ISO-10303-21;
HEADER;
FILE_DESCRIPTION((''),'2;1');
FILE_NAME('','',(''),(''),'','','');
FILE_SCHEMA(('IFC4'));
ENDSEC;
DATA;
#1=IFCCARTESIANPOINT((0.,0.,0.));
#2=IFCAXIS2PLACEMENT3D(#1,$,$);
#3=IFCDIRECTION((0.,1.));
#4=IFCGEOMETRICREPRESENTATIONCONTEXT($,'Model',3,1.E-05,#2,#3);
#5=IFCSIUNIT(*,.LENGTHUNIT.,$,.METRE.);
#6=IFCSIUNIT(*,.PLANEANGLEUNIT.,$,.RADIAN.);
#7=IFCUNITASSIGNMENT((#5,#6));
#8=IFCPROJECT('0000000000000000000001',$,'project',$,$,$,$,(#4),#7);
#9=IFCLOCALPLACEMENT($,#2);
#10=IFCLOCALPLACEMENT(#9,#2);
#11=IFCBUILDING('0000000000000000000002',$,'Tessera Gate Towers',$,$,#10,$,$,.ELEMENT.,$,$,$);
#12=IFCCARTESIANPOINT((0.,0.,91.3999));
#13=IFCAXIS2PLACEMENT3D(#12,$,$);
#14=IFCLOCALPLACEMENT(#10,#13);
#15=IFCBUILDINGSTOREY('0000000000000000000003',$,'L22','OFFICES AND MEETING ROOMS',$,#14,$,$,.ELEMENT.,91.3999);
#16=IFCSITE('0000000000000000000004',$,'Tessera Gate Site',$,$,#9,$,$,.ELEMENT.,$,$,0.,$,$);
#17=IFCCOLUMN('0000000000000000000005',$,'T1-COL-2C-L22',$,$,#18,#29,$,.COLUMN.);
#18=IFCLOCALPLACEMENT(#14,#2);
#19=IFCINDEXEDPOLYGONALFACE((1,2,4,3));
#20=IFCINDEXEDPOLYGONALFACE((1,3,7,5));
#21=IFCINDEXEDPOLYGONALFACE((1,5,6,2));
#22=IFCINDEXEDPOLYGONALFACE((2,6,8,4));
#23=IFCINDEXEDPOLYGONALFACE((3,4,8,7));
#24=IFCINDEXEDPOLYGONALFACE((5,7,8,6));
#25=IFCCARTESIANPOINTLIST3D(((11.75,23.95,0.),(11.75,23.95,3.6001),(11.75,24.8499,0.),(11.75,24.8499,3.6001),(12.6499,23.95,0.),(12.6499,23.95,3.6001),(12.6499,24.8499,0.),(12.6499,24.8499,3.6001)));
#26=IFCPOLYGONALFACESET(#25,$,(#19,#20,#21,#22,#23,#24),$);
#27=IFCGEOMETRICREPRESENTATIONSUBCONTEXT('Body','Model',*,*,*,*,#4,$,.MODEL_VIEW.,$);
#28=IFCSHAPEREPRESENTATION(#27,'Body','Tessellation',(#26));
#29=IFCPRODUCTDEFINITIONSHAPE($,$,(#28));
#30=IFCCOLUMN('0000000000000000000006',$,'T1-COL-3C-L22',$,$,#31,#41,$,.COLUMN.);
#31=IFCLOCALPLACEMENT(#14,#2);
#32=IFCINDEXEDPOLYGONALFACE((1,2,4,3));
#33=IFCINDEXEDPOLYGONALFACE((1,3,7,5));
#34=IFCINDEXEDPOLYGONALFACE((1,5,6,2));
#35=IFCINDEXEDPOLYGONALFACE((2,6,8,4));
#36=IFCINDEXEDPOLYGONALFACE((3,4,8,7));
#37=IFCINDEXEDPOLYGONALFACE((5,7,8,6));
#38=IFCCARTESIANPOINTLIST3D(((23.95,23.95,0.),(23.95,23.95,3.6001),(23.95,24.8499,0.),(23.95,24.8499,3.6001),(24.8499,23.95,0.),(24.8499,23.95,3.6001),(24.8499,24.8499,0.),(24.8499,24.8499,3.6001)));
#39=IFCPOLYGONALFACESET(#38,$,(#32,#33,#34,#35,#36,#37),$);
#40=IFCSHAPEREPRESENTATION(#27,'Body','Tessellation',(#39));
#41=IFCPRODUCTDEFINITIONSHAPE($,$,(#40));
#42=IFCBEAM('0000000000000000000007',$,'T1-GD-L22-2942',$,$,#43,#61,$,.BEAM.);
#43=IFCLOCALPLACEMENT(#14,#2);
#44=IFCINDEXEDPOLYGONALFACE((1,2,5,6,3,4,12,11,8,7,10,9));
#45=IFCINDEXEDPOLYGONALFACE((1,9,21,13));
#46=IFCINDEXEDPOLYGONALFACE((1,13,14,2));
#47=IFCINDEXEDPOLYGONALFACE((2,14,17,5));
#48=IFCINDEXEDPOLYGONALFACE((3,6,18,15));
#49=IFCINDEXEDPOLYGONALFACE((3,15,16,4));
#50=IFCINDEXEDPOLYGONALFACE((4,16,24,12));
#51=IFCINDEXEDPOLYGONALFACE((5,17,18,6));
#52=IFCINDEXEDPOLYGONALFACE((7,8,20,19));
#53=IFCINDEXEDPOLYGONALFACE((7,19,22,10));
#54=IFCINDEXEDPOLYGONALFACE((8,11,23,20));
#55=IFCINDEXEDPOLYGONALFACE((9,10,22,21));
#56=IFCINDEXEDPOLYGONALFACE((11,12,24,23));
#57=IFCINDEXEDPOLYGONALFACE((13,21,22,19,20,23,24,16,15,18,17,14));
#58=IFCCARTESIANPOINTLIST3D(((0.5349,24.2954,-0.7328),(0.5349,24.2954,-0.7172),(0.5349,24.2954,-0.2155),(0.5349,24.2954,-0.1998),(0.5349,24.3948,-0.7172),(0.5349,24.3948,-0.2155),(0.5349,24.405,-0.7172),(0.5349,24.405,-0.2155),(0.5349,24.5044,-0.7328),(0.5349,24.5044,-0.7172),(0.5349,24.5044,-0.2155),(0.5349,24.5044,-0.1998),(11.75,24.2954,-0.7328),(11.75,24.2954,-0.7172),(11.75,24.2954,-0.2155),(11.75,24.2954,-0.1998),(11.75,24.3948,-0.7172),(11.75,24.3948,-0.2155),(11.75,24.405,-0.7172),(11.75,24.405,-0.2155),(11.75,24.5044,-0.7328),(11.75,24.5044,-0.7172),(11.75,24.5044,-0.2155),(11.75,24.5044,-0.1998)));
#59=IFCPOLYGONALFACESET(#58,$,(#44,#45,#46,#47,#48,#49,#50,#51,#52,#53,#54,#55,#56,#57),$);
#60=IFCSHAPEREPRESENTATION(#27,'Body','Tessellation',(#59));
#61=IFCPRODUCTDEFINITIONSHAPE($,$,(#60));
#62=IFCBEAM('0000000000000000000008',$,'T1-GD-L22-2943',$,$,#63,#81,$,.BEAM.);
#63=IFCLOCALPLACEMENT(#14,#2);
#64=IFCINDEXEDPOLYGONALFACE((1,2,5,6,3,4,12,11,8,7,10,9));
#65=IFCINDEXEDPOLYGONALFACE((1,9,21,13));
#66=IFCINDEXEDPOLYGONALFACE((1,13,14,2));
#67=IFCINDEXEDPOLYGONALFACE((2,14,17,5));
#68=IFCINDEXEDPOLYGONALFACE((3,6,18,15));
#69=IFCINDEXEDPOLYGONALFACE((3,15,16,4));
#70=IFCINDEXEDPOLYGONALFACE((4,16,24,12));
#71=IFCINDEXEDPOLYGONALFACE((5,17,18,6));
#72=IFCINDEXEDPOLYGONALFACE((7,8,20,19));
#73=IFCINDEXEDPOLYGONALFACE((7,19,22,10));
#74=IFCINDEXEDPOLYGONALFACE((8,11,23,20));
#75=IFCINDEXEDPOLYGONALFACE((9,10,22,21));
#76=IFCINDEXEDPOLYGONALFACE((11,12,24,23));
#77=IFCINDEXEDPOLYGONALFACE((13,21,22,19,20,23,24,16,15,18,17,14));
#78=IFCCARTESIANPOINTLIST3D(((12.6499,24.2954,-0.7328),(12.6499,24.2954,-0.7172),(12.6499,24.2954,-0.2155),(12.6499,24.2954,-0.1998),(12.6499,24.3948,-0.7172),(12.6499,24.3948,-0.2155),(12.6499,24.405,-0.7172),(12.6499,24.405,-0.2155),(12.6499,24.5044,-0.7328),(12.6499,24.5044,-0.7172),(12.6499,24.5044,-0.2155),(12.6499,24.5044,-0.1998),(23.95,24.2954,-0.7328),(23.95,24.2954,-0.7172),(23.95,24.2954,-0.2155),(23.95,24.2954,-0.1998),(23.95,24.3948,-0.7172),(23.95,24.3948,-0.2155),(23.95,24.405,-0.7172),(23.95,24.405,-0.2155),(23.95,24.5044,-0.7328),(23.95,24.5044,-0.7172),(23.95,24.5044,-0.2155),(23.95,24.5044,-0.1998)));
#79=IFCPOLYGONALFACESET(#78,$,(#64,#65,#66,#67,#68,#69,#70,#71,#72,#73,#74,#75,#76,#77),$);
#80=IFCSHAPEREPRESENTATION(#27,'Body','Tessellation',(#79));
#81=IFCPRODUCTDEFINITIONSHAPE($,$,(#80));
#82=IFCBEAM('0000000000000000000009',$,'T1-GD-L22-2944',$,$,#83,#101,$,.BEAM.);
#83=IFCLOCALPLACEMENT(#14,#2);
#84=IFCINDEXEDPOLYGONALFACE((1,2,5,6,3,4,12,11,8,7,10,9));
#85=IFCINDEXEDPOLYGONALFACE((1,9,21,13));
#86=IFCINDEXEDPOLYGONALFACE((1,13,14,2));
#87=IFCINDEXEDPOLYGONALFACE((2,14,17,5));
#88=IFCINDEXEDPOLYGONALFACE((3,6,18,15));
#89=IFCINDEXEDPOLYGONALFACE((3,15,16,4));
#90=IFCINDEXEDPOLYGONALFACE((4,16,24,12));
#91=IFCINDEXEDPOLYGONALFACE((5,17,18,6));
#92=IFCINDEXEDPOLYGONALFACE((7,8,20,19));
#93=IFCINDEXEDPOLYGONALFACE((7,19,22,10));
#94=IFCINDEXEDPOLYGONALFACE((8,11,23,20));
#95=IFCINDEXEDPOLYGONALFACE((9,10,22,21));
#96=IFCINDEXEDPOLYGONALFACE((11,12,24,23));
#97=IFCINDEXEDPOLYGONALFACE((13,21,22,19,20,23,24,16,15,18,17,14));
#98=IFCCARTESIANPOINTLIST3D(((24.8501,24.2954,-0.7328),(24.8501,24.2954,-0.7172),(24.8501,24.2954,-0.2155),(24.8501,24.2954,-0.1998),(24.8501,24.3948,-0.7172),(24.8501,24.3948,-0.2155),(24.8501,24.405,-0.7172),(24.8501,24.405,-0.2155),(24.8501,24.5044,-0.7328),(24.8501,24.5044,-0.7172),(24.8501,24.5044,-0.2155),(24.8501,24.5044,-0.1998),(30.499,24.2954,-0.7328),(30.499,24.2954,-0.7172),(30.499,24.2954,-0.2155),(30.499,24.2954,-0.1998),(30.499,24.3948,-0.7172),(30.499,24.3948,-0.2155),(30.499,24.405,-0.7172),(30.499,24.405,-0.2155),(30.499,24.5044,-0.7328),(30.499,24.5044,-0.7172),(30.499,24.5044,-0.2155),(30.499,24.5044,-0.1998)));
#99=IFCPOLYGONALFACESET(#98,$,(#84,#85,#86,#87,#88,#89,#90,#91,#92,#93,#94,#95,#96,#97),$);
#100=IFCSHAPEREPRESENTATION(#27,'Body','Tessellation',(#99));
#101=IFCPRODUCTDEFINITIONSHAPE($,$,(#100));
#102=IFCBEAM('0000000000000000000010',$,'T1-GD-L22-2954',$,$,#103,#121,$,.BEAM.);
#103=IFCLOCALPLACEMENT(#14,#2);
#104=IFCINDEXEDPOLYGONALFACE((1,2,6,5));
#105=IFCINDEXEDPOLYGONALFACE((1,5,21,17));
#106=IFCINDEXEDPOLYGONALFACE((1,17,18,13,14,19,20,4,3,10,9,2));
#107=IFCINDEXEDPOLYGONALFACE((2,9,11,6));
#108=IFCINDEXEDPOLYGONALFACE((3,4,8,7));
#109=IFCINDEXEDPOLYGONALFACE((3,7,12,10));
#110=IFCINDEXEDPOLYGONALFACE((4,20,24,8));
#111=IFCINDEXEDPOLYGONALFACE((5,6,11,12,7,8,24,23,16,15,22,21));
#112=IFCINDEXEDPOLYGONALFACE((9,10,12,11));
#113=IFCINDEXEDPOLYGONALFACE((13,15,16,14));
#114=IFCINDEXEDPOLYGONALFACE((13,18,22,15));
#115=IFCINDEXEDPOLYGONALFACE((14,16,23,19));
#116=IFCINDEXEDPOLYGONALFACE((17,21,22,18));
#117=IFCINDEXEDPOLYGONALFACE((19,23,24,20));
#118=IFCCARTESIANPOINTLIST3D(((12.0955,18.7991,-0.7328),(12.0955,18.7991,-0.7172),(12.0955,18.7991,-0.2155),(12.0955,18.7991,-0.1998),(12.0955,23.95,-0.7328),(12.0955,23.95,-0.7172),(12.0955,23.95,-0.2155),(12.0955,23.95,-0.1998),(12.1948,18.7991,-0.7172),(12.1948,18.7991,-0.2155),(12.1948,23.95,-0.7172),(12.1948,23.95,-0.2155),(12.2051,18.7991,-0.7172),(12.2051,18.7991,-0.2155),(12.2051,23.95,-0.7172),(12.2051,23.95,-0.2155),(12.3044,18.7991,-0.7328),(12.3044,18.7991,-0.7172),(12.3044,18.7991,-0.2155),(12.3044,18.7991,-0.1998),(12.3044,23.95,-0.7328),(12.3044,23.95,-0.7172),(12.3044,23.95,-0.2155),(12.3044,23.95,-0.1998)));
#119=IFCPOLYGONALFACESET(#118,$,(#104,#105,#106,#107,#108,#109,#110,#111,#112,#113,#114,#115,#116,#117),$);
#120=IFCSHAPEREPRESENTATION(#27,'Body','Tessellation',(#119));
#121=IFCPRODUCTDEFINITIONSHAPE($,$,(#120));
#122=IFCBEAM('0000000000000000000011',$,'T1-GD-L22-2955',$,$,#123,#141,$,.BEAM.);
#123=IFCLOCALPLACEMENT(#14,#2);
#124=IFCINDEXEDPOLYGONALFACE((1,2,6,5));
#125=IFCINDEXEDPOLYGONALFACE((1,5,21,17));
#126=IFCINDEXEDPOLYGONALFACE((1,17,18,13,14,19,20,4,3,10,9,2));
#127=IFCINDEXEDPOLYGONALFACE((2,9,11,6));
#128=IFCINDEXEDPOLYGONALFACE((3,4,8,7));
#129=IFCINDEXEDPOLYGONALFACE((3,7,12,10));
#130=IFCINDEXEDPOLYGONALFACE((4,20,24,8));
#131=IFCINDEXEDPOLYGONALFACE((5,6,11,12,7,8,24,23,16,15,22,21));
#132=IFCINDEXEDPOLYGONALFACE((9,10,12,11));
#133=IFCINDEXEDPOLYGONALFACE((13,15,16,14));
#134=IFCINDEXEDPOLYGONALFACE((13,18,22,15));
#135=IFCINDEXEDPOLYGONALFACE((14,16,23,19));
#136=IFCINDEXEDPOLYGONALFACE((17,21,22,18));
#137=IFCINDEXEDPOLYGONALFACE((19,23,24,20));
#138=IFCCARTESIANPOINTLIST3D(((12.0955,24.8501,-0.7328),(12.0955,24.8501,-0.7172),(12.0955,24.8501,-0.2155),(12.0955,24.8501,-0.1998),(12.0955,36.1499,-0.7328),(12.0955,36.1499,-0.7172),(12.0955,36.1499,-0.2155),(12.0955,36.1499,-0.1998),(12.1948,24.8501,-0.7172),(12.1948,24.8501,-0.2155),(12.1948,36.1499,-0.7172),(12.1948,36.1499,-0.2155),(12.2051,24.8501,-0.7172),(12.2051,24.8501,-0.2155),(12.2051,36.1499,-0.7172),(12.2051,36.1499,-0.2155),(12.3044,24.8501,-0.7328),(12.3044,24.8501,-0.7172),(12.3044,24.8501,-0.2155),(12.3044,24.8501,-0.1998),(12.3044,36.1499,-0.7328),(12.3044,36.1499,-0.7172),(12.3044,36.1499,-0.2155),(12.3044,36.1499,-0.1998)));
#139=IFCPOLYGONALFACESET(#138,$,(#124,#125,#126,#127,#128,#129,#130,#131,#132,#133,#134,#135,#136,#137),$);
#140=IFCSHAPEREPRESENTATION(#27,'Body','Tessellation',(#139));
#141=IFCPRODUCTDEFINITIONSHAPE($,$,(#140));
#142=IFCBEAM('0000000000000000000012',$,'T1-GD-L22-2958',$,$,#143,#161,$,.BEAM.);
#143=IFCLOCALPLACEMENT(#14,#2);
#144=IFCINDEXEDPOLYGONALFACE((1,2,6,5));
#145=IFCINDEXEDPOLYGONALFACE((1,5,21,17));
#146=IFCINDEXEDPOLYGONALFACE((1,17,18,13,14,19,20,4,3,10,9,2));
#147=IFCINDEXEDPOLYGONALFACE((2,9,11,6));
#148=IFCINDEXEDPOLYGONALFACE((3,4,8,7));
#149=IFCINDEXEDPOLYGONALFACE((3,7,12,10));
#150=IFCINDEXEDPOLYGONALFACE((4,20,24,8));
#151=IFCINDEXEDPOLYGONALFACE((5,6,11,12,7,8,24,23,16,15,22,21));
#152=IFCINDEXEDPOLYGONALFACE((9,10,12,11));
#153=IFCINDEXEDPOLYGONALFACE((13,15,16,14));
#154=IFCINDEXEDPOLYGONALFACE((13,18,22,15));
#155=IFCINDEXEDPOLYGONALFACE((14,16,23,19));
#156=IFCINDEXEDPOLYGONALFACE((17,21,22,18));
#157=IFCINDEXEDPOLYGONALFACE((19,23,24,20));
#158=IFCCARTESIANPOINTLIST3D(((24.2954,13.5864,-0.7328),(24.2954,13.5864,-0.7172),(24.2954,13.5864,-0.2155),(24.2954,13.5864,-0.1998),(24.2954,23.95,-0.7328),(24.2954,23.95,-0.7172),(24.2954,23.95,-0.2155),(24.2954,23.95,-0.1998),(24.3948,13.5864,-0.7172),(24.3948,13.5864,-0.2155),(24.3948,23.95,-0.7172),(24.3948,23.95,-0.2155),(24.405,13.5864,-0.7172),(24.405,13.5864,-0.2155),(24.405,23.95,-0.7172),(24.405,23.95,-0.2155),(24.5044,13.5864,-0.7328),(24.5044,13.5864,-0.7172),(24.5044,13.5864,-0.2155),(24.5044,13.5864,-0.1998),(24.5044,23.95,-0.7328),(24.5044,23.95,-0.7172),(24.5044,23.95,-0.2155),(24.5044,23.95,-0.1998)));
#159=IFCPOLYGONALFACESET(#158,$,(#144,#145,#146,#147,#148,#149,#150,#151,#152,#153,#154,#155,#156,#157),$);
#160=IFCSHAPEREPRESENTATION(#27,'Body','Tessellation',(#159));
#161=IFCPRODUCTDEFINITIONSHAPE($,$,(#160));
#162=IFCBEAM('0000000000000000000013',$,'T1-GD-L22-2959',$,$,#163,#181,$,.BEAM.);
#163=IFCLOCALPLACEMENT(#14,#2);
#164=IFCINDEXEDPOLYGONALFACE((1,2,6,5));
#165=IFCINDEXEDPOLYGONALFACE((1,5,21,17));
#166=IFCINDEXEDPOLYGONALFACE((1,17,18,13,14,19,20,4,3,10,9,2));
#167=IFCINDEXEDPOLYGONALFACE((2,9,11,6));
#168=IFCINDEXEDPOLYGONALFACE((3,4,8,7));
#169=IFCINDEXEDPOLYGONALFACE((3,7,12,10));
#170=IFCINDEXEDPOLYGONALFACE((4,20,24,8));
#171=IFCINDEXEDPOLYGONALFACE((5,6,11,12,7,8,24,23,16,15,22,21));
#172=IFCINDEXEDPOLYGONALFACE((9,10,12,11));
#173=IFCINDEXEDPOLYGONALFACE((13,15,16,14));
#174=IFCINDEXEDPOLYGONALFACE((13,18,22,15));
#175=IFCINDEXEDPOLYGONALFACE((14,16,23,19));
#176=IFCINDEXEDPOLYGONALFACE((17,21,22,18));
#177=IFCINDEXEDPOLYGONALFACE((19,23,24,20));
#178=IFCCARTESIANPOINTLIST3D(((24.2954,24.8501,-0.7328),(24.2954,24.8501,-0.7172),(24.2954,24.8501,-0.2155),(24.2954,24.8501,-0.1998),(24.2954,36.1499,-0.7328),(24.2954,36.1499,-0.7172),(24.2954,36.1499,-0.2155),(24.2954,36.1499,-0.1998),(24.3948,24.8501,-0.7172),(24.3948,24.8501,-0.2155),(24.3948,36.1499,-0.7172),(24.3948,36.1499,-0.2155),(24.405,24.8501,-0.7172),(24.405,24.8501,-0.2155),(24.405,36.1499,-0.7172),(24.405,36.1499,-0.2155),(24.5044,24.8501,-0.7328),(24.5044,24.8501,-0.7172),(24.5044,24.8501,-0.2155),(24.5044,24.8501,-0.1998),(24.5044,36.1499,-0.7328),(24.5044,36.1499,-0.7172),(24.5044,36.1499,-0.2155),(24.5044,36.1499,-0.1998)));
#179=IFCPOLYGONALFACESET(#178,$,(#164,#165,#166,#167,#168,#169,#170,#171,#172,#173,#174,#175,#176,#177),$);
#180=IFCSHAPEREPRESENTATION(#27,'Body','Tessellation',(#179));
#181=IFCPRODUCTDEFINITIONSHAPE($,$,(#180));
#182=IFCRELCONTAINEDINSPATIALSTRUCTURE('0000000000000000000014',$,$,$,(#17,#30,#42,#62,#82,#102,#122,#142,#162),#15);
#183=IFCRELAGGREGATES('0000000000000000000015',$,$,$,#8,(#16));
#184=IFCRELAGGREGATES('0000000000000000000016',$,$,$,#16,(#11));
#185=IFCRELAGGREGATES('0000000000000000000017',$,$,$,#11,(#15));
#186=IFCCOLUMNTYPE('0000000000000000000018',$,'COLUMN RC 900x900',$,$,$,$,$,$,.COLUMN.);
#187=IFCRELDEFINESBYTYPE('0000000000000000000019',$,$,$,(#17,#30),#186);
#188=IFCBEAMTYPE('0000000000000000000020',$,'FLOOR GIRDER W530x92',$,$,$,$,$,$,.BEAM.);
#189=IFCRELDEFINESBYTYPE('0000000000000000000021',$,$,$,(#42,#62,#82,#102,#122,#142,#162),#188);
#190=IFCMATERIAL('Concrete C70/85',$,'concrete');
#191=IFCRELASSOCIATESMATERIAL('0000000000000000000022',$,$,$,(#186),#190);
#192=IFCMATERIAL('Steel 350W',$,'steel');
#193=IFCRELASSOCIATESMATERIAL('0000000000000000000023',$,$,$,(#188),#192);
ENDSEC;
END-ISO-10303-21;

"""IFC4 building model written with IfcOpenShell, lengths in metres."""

from ifc_helpers import new_model, si_unit, direction, frame, origin, origin_2d, place, context, subcontext, project, spatial, rectangle, i_section, extrude, material, material_profile, profile_set, type_object, element, save


model = new_model("IFC4")

# Units and contexts
model_context = context("Model", 3, precision=1e-05, world=origin(), true_north=direction((0.0, 1.0)))
body_context = subcontext(model_context, "Body", "Model", "MODEL_VIEW")
ifc_project = project(units=[si_unit("LENGTHUNIT", "METRE"), si_unit("PLANEANGLEUNIT", "RADIAN")], contexts=[model_context])

# Site, building, storey
site_placement = place(None, origin())
site = spatial("IfcSite", under=ifc_project, at=site_placement, Name="Tessera Gate Site", CompositionType="ELEMENT", RefElevation=0.0)
building_placement = place(site_placement, origin())
building = spatial("IfcBuilding", under=site, at=building_placement, Name="Tessera Gate Towers", CompositionType="ELEMENT")
storey_placement = place(building_placement, frame((0.0, 0.0, 91.3999)))
storey = spatial("IfcBuildingStorey", under=building, at=storey_placement, Name="L22", Description="OFFICES AND MEETING ROOMS", CompositionType="ELEMENT", Elevation=91.3999)

# Columns
ifc_material_1 = material(Name="Concrete C70/85", Category="concrete")
ifc_material_profile_1 = material_profile(ifc_material_1, rectangle(XDim=0.8999, YDim=0.8999, at=origin_2d()), Name="RC 900x900")
ifc_profile_set_1 = profile_set([ifc_material_profile_1], Name="Concrete C70/85")
column_type = type_object("IfcColumnType", Name="COLUMN RC 900x900", PredefinedType="COLUMN", material=ifc_profile_set_1)
for number, where, z_axis, x_axis, name in (
    (1, (12.2, 24.3999, 0.0), (0.0, 0.0, 1.0), (1.0, 0.0, 0.0), "T1-COL-2C-L22"),
    (2, (24.3999, 24.3999, 0.0), (0.0, 0.0, 1.0), (1.0, 0.0, 0.0), "T1-COL-3C-L22"),
):
    element("IfcColumn", number, at=place(storey_placement, frame(where, z_axis=z_axis, x_axis=x_axis)), inside=storey, type_object=column_type, Name=name, PredefinedType="COLUMN", context=body_context, shape_type="SweptSolid", body=[
        extrude(rectangle(XDim=0.8999, YDim=0.8999, at=origin_2d()), origin(), (0.0, 0.0, 1.0), 3.6001),
    ])

# Beams
ifc_material_2 = material(Name="Steel 350W", Category="steel")
ifc_material_profile_2 = material_profile(ifc_material_2, i_section(OverallWidth=0.209, OverallDepth=0.533, WebThickness=0.0103, FlangeThickness=0.0156, at=origin_2d()), Name="W530x92")
ifc_profile_set_2 = profile_set([ifc_material_profile_2], Name="Steel 350W")
beam_type_1 = type_object("IfcBeamType", Name="FLOOR GIRDER W530x92", PredefinedType="BEAM", material=ifc_profile_set_2)
beam_1_placement = place(storey_placement, frame((0.5349, 24.3999, -0.4663), z_axis=(1.0, 0.0, 0.0), x_axis=(0.0, 1.0, 0.0)))
element("IfcBeam", 3, at=beam_1_placement, inside=storey, type_object=beam_type_1, Name="T1-GD-L22-2942", PredefinedType="BEAM", context=body_context, shape_type="SweptSolid", body=[
    extrude(i_section(OverallWidth=0.209, OverallDepth=0.533, WebThickness=0.0103, FlangeThickness=0.0156, at=origin_2d()), origin(), (0.0, 0.0, 1.0), 11.2151),
])
beam_2_placement = place(storey_placement, frame((12.6499, 24.3999, -0.4663), z_axis=(1.0, 0.0, 0.0), x_axis=(0.0, 1.0, 0.0)))
element("IfcBeam", 4, at=beam_2_placement, inside=storey, type_object=beam_type_1, Name="T1-GD-L22-2943", PredefinedType="BEAM", context=body_context, shape_type="SweptSolid", body=[
    extrude(i_section(OverallWidth=0.209, OverallDepth=0.533, WebThickness=0.0103, FlangeThickness=0.0156, at=origin_2d()), origin(), (0.0, 0.0, 1.0), 11.3),
])
beam_3_placement = place(storey_placement, frame((24.8501, 24.3999, -0.4663), z_axis=(1.0, 0.0, 0.0), x_axis=(0.0, 1.0, 0.0)))
element("IfcBeam", 5, at=beam_3_placement, inside=storey, type_object=beam_type_1, Name="T1-GD-L22-2944", PredefinedType="BEAM", context=body_context, shape_type="SweptSolid", body=[
    extrude(i_section(OverallWidth=0.209, OverallDepth=0.533, WebThickness=0.0103, FlangeThickness=0.0156, at=origin_2d()), origin(), (0.0, 0.0, 1.0), 5.6489),
])
beam_4_placement = place(storey_placement, frame((12.2, 18.7991, -0.4663), z_axis=(0.0, 1.0, 0.0), x_axis=(-1.0, 0.0, 0.0)))
element("IfcBeam", 6, at=beam_4_placement, inside=storey, type_object=beam_type_1, Name="T1-GD-L22-2954", PredefinedType="BEAM", context=body_context, shape_type="SweptSolid", body=[
    extrude(i_section(OverallWidth=0.209, OverallDepth=0.533, WebThickness=0.0103, FlangeThickness=0.0156, at=origin_2d()), origin(), (0.0, 0.0, 1.0), 5.1509),
])
beam_5_placement = place(storey_placement, frame((12.2, 24.8501, -0.4663), z_axis=(0.0, 1.0, 0.0), x_axis=(-1.0, 0.0, 0.0)))
element("IfcBeam", 7, at=beam_5_placement, inside=storey, type_object=beam_type_1, Name="T1-GD-L22-2955", PredefinedType="BEAM", context=body_context, shape_type="SweptSolid", body=[
    extrude(i_section(OverallWidth=0.209, OverallDepth=0.533, WebThickness=0.0103, FlangeThickness=0.0156, at=origin_2d()), origin(), (0.0, 0.0, 1.0), 11.2998),
])
beam_6_placement = place(storey_placement, frame((24.3999, 13.5864, -0.4663), z_axis=(0.0, 1.0, 0.0), x_axis=(-1.0, 0.0, 0.0)))
element("IfcBeam", 8, at=beam_6_placement, inside=storey, type_object=beam_type_1, Name="T1-GD-L22-2958", PredefinedType="BEAM", context=body_context, shape_type="SweptSolid", body=[
    extrude(i_section(OverallWidth=0.209, OverallDepth=0.533, WebThickness=0.0103, FlangeThickness=0.0156, at=origin_2d()), origin(), (0.0, 0.0, 1.0), 10.3635),
])
beam_7_placement = place(storey_placement, frame((24.3999, 24.8501, -0.4663), z_axis=(0.0, 1.0, 0.0), x_axis=(-1.0, 0.0, 0.0)))
element("IfcBeam", 9, at=beam_7_placement, inside=storey, type_object=beam_type_1, Name="T1-GD-L22-2959", PredefinedType="BEAM", context=body_context, shape_type="SweptSolid", body=[
    extrude(i_section(OverallWidth=0.209, OverallDepth=0.533, WebThickness=0.0103, FlangeThickness=0.0156, at=origin_2d()), origin(), (0.0, 0.0, 1.0), 11.2998),
])

save(model, "model.ifc")
